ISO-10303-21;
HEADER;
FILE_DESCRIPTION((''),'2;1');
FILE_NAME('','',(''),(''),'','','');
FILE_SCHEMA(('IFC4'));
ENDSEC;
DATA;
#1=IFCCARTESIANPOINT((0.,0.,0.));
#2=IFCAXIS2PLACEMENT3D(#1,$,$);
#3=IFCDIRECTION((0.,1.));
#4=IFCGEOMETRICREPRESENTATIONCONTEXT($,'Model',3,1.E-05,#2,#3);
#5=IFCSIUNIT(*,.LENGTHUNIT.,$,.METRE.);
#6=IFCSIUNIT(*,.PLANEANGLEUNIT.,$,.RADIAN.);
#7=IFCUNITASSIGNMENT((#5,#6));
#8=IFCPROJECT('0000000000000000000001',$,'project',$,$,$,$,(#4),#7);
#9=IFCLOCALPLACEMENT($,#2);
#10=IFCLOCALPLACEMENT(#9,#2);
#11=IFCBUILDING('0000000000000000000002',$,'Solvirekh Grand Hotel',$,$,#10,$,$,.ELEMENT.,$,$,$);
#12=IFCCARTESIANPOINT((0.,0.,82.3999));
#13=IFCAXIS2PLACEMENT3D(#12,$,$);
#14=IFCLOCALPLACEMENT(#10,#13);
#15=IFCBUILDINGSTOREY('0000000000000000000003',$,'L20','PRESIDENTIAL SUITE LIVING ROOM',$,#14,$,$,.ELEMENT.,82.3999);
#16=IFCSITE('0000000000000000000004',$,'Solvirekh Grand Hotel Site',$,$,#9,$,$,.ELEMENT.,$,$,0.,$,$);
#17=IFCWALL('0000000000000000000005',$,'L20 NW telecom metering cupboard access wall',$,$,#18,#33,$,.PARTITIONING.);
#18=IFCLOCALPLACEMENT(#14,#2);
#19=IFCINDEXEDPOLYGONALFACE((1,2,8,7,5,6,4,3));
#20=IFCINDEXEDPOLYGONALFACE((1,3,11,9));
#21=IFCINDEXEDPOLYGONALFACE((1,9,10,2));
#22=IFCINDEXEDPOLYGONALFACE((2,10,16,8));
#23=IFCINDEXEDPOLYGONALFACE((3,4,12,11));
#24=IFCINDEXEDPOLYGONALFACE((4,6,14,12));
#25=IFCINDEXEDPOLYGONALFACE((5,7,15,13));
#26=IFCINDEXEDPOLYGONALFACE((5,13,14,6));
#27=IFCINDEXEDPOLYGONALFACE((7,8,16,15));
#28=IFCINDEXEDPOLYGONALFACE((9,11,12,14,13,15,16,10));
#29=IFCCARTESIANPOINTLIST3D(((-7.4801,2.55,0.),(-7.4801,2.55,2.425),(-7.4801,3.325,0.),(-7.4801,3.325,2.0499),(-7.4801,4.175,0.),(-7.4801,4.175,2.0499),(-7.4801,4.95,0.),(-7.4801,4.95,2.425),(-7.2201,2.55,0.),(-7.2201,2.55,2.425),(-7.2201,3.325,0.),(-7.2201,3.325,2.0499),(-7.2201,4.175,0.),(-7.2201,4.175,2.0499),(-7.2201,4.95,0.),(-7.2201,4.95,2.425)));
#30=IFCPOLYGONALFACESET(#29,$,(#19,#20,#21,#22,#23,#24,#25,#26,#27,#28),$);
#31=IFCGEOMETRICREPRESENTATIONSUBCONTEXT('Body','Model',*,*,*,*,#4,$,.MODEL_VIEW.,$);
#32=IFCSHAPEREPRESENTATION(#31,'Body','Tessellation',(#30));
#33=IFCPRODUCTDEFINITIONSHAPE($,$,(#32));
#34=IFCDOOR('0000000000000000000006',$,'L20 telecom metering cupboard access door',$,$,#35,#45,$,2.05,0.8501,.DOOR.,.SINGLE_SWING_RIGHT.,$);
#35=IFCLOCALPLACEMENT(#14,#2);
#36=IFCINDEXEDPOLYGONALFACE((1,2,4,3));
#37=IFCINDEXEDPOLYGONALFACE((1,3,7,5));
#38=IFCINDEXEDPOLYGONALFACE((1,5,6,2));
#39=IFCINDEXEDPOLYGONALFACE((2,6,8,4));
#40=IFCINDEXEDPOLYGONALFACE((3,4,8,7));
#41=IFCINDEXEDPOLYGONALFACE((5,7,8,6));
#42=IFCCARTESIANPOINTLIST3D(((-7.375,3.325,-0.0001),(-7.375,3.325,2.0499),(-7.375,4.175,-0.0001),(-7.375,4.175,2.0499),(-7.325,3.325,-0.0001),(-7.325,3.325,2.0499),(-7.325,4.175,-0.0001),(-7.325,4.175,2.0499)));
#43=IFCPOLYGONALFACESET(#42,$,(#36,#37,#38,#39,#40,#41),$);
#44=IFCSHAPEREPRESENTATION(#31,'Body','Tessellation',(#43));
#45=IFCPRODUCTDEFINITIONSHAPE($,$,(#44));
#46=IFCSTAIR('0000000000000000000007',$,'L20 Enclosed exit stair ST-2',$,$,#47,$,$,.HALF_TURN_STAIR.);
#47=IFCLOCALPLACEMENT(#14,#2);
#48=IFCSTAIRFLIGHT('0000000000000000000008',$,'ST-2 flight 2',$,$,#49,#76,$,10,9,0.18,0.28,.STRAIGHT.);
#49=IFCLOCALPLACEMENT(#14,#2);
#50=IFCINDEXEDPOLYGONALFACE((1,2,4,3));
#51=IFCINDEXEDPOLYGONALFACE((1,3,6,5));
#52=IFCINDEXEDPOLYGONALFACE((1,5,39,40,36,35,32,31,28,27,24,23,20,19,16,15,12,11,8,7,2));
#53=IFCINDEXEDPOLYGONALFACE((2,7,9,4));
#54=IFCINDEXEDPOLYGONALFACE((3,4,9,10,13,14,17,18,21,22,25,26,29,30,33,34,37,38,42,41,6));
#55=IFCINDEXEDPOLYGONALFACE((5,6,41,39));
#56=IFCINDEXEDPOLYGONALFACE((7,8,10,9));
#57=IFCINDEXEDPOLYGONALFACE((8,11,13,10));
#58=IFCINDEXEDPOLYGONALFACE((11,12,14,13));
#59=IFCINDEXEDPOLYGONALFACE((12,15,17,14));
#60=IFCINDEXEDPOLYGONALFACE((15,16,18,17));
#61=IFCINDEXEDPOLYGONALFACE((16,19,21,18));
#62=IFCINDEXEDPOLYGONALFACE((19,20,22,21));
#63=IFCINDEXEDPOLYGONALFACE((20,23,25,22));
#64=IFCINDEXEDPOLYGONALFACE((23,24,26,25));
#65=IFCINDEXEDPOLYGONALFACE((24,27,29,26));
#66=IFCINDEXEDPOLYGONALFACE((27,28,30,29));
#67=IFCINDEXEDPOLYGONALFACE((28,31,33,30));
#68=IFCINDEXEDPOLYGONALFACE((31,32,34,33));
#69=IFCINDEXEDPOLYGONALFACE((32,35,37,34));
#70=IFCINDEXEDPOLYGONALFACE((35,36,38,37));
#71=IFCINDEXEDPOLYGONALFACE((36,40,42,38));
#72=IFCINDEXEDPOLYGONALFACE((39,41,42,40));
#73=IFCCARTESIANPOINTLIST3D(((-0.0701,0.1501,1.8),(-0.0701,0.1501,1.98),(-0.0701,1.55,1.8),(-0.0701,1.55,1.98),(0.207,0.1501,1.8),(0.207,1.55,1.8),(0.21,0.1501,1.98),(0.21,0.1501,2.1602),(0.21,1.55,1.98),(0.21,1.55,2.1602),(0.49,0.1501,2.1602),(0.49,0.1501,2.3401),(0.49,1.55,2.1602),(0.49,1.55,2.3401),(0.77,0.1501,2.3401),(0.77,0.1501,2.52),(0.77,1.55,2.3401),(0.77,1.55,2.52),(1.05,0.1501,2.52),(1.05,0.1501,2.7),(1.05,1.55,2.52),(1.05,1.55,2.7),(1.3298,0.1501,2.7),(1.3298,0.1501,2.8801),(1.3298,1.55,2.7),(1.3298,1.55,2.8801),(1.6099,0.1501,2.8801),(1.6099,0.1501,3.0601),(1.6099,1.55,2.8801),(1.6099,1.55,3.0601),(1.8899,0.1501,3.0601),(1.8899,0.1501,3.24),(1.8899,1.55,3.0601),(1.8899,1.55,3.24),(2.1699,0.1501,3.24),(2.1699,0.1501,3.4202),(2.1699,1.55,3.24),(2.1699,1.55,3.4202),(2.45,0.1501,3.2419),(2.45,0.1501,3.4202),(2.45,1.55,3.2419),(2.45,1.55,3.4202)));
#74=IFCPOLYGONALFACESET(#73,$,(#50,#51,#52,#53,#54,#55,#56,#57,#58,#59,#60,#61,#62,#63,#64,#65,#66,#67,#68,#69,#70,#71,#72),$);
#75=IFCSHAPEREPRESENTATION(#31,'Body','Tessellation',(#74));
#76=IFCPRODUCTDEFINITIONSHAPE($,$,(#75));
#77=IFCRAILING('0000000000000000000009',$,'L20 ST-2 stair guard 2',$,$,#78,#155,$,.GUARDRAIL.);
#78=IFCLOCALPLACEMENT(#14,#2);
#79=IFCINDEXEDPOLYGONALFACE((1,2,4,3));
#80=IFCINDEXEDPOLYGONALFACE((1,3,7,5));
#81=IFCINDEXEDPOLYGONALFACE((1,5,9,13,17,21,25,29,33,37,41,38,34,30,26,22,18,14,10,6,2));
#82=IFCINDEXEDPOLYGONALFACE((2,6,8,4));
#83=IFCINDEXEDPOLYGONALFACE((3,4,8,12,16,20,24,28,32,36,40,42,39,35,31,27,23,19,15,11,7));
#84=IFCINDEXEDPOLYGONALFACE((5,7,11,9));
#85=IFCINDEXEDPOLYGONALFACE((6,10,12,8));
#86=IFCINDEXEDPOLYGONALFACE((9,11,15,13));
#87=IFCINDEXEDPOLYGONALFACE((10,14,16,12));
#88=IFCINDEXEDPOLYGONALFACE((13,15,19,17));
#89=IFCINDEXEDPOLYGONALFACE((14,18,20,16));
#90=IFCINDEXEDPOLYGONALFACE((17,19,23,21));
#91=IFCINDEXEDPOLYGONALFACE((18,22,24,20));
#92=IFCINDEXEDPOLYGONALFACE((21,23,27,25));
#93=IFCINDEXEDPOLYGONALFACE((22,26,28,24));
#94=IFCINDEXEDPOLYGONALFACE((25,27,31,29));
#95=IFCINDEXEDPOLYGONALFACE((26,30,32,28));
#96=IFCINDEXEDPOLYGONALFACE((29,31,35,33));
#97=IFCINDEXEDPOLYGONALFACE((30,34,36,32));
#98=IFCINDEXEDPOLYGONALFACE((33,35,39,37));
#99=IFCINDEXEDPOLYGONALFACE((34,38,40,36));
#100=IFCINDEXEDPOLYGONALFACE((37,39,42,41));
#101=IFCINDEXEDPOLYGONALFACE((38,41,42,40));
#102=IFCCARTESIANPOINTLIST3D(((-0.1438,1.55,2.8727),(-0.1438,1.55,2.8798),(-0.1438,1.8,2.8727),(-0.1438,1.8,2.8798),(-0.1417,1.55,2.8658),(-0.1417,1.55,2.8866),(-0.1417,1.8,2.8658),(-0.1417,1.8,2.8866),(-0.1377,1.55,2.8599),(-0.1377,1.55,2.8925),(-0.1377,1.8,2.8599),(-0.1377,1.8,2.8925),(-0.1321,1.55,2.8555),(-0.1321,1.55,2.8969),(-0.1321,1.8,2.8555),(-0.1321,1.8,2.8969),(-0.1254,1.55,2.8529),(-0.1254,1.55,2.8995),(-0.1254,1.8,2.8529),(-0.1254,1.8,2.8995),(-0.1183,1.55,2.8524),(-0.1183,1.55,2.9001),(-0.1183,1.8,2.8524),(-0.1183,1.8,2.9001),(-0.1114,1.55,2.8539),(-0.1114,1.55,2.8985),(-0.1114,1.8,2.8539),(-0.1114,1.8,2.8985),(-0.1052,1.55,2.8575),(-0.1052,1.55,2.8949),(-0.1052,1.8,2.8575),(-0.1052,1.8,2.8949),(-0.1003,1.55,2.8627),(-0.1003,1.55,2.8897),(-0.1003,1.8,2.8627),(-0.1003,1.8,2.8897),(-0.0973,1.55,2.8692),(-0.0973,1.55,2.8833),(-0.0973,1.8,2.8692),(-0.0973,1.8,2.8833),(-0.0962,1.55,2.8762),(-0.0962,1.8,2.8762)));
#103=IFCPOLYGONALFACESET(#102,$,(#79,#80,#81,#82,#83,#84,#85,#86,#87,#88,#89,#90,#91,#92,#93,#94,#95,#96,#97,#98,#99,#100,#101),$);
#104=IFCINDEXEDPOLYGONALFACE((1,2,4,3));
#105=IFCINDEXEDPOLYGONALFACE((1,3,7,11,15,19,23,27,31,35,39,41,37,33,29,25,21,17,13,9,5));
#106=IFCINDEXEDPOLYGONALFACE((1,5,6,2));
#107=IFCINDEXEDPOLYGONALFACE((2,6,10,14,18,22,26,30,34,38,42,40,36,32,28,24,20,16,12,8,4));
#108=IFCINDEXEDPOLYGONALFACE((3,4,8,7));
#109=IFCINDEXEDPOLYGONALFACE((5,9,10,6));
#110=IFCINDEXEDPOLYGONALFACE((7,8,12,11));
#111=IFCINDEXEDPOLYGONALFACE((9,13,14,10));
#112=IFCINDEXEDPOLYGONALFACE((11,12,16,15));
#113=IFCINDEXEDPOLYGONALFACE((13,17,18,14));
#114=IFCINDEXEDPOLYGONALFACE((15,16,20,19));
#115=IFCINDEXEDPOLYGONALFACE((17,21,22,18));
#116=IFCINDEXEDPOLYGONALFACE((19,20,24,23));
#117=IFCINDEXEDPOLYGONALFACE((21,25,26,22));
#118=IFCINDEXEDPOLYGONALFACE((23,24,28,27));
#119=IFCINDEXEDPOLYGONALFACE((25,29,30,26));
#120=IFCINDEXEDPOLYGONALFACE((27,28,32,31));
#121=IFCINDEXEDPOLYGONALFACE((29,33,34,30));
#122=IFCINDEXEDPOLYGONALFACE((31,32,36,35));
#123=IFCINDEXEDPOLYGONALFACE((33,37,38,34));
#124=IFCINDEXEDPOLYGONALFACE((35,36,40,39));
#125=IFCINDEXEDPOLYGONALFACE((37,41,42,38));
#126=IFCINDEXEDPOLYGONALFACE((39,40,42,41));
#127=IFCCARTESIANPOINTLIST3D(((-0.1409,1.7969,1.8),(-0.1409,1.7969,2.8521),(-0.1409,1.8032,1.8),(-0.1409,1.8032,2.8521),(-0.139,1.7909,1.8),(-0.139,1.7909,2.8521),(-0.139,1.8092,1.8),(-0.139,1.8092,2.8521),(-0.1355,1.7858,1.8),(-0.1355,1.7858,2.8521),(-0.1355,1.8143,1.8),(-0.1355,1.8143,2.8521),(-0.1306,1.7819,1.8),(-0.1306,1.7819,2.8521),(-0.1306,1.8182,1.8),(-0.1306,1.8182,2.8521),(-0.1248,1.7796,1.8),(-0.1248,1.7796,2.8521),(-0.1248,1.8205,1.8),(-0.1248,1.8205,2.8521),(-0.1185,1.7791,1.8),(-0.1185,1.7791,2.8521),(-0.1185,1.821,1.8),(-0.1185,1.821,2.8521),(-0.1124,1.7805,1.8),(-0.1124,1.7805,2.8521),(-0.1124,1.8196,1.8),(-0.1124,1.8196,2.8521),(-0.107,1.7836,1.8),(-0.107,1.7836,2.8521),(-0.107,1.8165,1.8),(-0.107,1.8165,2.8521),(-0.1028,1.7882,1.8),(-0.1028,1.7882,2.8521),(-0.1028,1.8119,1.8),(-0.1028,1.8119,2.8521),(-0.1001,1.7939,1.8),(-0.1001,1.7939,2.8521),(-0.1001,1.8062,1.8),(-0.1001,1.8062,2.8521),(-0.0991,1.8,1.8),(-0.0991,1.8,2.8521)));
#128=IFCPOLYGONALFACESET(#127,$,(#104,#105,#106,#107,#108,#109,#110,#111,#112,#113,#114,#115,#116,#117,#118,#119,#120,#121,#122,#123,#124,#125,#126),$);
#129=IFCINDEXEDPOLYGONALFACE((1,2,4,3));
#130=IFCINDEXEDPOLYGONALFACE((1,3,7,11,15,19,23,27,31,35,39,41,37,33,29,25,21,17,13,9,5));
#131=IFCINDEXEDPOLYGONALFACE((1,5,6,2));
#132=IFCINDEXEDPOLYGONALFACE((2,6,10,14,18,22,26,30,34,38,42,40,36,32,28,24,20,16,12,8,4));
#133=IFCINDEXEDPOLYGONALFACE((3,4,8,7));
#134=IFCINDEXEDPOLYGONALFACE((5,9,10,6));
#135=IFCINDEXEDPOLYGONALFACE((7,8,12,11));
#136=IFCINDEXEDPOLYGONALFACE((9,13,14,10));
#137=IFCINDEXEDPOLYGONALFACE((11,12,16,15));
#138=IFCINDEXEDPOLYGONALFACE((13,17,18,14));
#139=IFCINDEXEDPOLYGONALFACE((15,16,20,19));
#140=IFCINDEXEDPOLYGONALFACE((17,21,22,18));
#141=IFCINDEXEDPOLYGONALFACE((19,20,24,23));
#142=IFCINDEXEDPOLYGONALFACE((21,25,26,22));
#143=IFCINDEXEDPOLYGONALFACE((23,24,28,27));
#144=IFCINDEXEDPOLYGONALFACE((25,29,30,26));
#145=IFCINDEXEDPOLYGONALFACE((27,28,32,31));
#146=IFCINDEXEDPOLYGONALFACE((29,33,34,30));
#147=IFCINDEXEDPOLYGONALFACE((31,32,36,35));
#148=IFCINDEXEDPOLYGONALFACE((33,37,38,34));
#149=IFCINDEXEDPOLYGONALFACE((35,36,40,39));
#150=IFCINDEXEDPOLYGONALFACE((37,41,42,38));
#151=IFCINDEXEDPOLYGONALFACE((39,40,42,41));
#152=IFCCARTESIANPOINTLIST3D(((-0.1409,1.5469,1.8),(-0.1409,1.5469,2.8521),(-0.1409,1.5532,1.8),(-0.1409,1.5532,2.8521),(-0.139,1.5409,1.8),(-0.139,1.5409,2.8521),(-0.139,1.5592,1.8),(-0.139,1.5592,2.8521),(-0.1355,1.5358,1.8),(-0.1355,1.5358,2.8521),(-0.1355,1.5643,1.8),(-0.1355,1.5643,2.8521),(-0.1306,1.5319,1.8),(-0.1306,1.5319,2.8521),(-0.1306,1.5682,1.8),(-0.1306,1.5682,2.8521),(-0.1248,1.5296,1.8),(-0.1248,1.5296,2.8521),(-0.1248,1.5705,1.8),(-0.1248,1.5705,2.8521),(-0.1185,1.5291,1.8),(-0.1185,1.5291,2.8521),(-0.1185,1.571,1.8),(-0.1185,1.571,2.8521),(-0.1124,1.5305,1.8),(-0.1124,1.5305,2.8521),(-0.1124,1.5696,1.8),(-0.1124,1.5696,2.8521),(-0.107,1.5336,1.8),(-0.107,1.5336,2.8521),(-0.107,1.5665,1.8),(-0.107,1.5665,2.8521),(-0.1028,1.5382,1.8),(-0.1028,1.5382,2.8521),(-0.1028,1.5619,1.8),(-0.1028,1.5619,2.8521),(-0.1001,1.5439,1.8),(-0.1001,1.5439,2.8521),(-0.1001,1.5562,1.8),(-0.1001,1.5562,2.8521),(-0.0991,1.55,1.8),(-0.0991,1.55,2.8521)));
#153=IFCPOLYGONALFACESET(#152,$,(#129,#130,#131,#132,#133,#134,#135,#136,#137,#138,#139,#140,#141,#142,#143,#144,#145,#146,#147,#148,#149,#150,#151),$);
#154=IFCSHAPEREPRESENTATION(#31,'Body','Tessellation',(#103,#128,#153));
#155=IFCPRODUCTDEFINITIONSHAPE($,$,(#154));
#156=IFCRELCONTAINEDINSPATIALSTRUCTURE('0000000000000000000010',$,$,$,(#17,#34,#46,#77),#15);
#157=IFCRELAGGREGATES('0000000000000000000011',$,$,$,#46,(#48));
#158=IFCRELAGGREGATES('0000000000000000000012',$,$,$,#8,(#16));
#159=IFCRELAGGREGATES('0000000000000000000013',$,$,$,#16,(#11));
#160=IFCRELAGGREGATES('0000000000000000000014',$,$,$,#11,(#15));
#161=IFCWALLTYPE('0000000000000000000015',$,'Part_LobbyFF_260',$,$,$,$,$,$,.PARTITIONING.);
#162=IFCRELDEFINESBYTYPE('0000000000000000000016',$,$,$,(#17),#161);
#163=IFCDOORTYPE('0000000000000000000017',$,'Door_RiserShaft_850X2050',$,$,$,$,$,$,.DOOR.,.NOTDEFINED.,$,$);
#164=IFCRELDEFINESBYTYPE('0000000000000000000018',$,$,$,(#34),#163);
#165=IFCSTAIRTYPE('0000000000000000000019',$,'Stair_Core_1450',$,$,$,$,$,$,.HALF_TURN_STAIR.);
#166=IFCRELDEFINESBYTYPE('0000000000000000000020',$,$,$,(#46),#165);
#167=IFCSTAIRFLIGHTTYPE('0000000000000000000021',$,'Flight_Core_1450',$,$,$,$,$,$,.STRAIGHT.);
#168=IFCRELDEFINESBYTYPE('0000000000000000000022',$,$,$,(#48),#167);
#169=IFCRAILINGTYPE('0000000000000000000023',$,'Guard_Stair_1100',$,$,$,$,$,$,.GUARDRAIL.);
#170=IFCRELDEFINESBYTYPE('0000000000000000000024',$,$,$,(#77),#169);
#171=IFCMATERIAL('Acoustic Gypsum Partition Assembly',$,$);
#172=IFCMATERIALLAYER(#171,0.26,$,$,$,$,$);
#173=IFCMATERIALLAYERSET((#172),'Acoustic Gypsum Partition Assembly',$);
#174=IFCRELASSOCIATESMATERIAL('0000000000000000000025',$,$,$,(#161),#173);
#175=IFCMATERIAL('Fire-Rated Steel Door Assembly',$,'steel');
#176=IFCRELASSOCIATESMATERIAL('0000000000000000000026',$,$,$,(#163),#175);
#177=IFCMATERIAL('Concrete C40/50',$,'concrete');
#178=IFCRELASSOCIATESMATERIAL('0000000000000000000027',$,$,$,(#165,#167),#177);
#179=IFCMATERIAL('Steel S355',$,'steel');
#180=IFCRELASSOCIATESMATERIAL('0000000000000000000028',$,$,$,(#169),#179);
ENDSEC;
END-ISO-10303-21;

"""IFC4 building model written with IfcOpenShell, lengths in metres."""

from ifc_helpers import new_model, si_unit, direction, frame, frame_2d, origin, origin_2d, place, context, subcontext, project, spatial, polyline, rectangle, circle, outline, extrude, material, layer, layer_set, type_object, element, fill, aggregate, save


model = new_model("IFC4")

# Units and contexts
model_context = context("Model", 3, precision=1e-05, world=origin(), true_north=direction((0.0, 1.0)))
body_context = subcontext(model_context, "Body", "Model", "MODEL_VIEW")
ifc_project = project(units=[si_unit("LENGTHUNIT", "METRE"), si_unit("PLANEANGLEUNIT", "RADIAN")], contexts=[model_context])

# Site, building, storey
site_placement = place(None, origin())
site = spatial("IfcSite", under=ifc_project, at=site_placement, Name="Solvirekh Grand Hotel Site", CompositionType="ELEMENT", RefElevation=0.0)
building_placement = place(site_placement, origin())
building = spatial("IfcBuilding", under=site, at=building_placement, Name="Solvirekh Grand Hotel", CompositionType="ELEMENT")
storey_placement = place(building_placement, frame((0.0, 0.0, 82.3999)))
storey = spatial("IfcBuildingStorey", under=building, at=storey_placement, Name="L20", Description="PRESIDENTIAL SUITE LIVING ROOM", CompositionType="ELEMENT", Elevation=82.3999)

# Shared definitions
ifc_material_1 = material(Name="Steel S355", Category="steel")

# Shared definitions
ifc_material_2 = material(Name="Concrete C40/50", Category="concrete")

# Shared definitions
ifc_material_3 = material(Name="Fire-Rated Steel Door Assembly", Category="steel")

# Shared definitions
ifc_material_4 = material(Name="Acoustic Gypsum Partition Assembly")
ifc_layer_1 = layer(ifc_material_4, 0.26)
ifc_layer_set_1 = layer_set([ifc_layer_1], Name="Acoustic Gypsum Partition Assembly")
wall_type_1 = type_object("IfcWallType", Name="Part_LobbyFF_260", PredefinedType="PARTITIONING", material=ifc_layer_set_1)

# Wall, opening, door
wall_1_placement = place(storey_placement, frame((-7.3501, 2.55, 0.0), z_axis=(0.0, 0.0, 1.0), x_axis=(0.0, 1.0, 0.0)))
wall_1 = element("IfcWall", 1, at=wall_1_placement, inside=storey, type_object=wall_type_1, Name="L20 NW telecom metering cupboard access wall", PredefinedType="PARTITIONING", context=body_context, shape_type="SweptSolid", body=[
    extrude(rectangle(XDim=2.3999, YDim=0.26, at=frame_2d((1.2, 0.0))), origin(), (0.0, 0.0, 1.0), 2.425),
])
opening_1_placement = place(wall_1_placement, frame((0.7749, 0.0, 0.0)))
opening_1 = element("IfcOpeningElement", 2, at=opening_1_placement, cuts=wall_1, PredefinedType="OPENING", context=body_context, shape_type="SweptSolid", body=[
    extrude(rectangle(XDim=0.8501, YDim=2.05, at=frame_2d((0.425, 1.0249))), frame((0.0, 0.1401, 0.0), z_axis=(0.0, -1.0, 0.0), x_axis=(1.0, 0.0, 0.0)), (0.0, 0.0, 1.0), 0.28),
])
door_type_1 = type_object("IfcDoorType", Name="Door_RiserShaft_850X2050", OperationType="NOTDEFINED", PredefinedType="DOOR", material=ifc_material_3)
door_1_placement = place(opening_1_placement, origin())
door_1 = element("IfcDoor", 3, at=door_1_placement, inside=storey, type_object=door_type_1, Name="L20 telecom metering cupboard access door", OperationType="SINGLE_SWING_RIGHT", OverallHeight=2.05, OverallWidth=0.8501, PredefinedType="DOOR", context=body_context, shape_type="SweptSolid", body=[
    extrude(rectangle(XDim=0.8501, YDim=2.05, at=frame_2d((0.425, 1.0249))), frame((0.0, 0.0249, 0.0), z_axis=(0.0, -1.0, 0.0), x_axis=(1.0, 0.0, 0.0)), (0.0, 0.0, 1.0), 0.05),
])
fill(opening_1, door_1)

# Stair, stair flight
stair_type = type_object("IfcStairType", Name="Stair_Core_1450", PredefinedType="HALF_TURN_STAIR", material=ifc_material_2)
stair_placement = place(storey_placement, origin())
stair = element("IfcStair", 4, at=stair_placement, inside=storey, type_object=stair_type, Name="L20 Enclosed exit stair ST-2", PredefinedType="HALF_TURN_STAIR")
stair_flight_type = type_object("IfcStairFlightType", Name="Flight_Core_1450", PredefinedType="STRAIGHT", material=ifc_material_2)
stair_flight_placement = place(storey_placement, frame((-0.0701, 0.8501, 1.8), z_axis=(0.0, 0.0, 1.0), x_axis=(1.0, 0.0, 0.0)))
stair_flight = element("IfcStairFlight", 5, at=stair_flight_placement, type_object=stair_flight_type, Name="ST-2 flight 2", NumberOfRisers=10, NumberOfTreads=9, PredefinedType="STRAIGHT", RiserHeight=0.18, TreadLength=0.28, context=body_context, shape_type="SweptSolid", body=[
    extrude(outline(polyline([(0.0, 0.0), (0.0, 0.1799), (0.28, 0.1799), (0.28, 0.3601), (0.5601, 0.3601), (0.5601, 0.54), (0.8401, 0.54), (0.8401, 0.72), (1.1201, 0.72), (1.1201, 0.8999), (1.3999, 0.8999), (1.3999, 1.0801), (1.6799, 1.0801), (1.6799, 1.26), (1.96, 1.26), (1.96, 1.4399), (2.24, 1.4399), (2.24, 1.6201), (2.52, 1.6201), (2.52, 1.8), (2.52, 1.4419), (0.2771, 0.0), (0.0, 0.0)])), frame((0.0, 0.7, 0.0), z_axis=(0.0, -1.0, 0.0), x_axis=(1.0, 0.0, 0.0)), (0.0, 0.0, 1.0), 1.3999),
])
aggregate(stair, [stair_flight])

# Railing
railing_type_1 = type_object("IfcRailingType", Name="Guard_Stair_1100", PredefinedType="GUARDRAIL", material=ifc_material_1)
railing_1_placement = place(storey_placement, frame((-0.1201, 1.8, 1.8)))
element("IfcRailing", 6, at=railing_1_placement, inside=storey, type_object=railing_type_1, Name="L20 ST-2 stair guard 2", PredefinedType="GUARDRAIL", context=body_context, shape_type="SweptSolid", body=[
    extrude(circle(Radius=0.0239, at=origin_2d()), frame((0.0, 0.0, 1.0762), z_axis=(0.0, -1.0, 0.0), x_axis=(1.0, 0.0, 0.0)), (0.0, 0.0, 1.0), 0.25),
    extrude(circle(Radius=0.021, at=origin_2d()), origin(), (0.0, 0.0, 1.0), 1.052),
    extrude(circle(Radius=0.021, at=origin_2d()), frame((0.0, -0.25, 0.0)), (0.0, 0.0, 1.0), 1.052),
])

save(model, "model.ifc")
